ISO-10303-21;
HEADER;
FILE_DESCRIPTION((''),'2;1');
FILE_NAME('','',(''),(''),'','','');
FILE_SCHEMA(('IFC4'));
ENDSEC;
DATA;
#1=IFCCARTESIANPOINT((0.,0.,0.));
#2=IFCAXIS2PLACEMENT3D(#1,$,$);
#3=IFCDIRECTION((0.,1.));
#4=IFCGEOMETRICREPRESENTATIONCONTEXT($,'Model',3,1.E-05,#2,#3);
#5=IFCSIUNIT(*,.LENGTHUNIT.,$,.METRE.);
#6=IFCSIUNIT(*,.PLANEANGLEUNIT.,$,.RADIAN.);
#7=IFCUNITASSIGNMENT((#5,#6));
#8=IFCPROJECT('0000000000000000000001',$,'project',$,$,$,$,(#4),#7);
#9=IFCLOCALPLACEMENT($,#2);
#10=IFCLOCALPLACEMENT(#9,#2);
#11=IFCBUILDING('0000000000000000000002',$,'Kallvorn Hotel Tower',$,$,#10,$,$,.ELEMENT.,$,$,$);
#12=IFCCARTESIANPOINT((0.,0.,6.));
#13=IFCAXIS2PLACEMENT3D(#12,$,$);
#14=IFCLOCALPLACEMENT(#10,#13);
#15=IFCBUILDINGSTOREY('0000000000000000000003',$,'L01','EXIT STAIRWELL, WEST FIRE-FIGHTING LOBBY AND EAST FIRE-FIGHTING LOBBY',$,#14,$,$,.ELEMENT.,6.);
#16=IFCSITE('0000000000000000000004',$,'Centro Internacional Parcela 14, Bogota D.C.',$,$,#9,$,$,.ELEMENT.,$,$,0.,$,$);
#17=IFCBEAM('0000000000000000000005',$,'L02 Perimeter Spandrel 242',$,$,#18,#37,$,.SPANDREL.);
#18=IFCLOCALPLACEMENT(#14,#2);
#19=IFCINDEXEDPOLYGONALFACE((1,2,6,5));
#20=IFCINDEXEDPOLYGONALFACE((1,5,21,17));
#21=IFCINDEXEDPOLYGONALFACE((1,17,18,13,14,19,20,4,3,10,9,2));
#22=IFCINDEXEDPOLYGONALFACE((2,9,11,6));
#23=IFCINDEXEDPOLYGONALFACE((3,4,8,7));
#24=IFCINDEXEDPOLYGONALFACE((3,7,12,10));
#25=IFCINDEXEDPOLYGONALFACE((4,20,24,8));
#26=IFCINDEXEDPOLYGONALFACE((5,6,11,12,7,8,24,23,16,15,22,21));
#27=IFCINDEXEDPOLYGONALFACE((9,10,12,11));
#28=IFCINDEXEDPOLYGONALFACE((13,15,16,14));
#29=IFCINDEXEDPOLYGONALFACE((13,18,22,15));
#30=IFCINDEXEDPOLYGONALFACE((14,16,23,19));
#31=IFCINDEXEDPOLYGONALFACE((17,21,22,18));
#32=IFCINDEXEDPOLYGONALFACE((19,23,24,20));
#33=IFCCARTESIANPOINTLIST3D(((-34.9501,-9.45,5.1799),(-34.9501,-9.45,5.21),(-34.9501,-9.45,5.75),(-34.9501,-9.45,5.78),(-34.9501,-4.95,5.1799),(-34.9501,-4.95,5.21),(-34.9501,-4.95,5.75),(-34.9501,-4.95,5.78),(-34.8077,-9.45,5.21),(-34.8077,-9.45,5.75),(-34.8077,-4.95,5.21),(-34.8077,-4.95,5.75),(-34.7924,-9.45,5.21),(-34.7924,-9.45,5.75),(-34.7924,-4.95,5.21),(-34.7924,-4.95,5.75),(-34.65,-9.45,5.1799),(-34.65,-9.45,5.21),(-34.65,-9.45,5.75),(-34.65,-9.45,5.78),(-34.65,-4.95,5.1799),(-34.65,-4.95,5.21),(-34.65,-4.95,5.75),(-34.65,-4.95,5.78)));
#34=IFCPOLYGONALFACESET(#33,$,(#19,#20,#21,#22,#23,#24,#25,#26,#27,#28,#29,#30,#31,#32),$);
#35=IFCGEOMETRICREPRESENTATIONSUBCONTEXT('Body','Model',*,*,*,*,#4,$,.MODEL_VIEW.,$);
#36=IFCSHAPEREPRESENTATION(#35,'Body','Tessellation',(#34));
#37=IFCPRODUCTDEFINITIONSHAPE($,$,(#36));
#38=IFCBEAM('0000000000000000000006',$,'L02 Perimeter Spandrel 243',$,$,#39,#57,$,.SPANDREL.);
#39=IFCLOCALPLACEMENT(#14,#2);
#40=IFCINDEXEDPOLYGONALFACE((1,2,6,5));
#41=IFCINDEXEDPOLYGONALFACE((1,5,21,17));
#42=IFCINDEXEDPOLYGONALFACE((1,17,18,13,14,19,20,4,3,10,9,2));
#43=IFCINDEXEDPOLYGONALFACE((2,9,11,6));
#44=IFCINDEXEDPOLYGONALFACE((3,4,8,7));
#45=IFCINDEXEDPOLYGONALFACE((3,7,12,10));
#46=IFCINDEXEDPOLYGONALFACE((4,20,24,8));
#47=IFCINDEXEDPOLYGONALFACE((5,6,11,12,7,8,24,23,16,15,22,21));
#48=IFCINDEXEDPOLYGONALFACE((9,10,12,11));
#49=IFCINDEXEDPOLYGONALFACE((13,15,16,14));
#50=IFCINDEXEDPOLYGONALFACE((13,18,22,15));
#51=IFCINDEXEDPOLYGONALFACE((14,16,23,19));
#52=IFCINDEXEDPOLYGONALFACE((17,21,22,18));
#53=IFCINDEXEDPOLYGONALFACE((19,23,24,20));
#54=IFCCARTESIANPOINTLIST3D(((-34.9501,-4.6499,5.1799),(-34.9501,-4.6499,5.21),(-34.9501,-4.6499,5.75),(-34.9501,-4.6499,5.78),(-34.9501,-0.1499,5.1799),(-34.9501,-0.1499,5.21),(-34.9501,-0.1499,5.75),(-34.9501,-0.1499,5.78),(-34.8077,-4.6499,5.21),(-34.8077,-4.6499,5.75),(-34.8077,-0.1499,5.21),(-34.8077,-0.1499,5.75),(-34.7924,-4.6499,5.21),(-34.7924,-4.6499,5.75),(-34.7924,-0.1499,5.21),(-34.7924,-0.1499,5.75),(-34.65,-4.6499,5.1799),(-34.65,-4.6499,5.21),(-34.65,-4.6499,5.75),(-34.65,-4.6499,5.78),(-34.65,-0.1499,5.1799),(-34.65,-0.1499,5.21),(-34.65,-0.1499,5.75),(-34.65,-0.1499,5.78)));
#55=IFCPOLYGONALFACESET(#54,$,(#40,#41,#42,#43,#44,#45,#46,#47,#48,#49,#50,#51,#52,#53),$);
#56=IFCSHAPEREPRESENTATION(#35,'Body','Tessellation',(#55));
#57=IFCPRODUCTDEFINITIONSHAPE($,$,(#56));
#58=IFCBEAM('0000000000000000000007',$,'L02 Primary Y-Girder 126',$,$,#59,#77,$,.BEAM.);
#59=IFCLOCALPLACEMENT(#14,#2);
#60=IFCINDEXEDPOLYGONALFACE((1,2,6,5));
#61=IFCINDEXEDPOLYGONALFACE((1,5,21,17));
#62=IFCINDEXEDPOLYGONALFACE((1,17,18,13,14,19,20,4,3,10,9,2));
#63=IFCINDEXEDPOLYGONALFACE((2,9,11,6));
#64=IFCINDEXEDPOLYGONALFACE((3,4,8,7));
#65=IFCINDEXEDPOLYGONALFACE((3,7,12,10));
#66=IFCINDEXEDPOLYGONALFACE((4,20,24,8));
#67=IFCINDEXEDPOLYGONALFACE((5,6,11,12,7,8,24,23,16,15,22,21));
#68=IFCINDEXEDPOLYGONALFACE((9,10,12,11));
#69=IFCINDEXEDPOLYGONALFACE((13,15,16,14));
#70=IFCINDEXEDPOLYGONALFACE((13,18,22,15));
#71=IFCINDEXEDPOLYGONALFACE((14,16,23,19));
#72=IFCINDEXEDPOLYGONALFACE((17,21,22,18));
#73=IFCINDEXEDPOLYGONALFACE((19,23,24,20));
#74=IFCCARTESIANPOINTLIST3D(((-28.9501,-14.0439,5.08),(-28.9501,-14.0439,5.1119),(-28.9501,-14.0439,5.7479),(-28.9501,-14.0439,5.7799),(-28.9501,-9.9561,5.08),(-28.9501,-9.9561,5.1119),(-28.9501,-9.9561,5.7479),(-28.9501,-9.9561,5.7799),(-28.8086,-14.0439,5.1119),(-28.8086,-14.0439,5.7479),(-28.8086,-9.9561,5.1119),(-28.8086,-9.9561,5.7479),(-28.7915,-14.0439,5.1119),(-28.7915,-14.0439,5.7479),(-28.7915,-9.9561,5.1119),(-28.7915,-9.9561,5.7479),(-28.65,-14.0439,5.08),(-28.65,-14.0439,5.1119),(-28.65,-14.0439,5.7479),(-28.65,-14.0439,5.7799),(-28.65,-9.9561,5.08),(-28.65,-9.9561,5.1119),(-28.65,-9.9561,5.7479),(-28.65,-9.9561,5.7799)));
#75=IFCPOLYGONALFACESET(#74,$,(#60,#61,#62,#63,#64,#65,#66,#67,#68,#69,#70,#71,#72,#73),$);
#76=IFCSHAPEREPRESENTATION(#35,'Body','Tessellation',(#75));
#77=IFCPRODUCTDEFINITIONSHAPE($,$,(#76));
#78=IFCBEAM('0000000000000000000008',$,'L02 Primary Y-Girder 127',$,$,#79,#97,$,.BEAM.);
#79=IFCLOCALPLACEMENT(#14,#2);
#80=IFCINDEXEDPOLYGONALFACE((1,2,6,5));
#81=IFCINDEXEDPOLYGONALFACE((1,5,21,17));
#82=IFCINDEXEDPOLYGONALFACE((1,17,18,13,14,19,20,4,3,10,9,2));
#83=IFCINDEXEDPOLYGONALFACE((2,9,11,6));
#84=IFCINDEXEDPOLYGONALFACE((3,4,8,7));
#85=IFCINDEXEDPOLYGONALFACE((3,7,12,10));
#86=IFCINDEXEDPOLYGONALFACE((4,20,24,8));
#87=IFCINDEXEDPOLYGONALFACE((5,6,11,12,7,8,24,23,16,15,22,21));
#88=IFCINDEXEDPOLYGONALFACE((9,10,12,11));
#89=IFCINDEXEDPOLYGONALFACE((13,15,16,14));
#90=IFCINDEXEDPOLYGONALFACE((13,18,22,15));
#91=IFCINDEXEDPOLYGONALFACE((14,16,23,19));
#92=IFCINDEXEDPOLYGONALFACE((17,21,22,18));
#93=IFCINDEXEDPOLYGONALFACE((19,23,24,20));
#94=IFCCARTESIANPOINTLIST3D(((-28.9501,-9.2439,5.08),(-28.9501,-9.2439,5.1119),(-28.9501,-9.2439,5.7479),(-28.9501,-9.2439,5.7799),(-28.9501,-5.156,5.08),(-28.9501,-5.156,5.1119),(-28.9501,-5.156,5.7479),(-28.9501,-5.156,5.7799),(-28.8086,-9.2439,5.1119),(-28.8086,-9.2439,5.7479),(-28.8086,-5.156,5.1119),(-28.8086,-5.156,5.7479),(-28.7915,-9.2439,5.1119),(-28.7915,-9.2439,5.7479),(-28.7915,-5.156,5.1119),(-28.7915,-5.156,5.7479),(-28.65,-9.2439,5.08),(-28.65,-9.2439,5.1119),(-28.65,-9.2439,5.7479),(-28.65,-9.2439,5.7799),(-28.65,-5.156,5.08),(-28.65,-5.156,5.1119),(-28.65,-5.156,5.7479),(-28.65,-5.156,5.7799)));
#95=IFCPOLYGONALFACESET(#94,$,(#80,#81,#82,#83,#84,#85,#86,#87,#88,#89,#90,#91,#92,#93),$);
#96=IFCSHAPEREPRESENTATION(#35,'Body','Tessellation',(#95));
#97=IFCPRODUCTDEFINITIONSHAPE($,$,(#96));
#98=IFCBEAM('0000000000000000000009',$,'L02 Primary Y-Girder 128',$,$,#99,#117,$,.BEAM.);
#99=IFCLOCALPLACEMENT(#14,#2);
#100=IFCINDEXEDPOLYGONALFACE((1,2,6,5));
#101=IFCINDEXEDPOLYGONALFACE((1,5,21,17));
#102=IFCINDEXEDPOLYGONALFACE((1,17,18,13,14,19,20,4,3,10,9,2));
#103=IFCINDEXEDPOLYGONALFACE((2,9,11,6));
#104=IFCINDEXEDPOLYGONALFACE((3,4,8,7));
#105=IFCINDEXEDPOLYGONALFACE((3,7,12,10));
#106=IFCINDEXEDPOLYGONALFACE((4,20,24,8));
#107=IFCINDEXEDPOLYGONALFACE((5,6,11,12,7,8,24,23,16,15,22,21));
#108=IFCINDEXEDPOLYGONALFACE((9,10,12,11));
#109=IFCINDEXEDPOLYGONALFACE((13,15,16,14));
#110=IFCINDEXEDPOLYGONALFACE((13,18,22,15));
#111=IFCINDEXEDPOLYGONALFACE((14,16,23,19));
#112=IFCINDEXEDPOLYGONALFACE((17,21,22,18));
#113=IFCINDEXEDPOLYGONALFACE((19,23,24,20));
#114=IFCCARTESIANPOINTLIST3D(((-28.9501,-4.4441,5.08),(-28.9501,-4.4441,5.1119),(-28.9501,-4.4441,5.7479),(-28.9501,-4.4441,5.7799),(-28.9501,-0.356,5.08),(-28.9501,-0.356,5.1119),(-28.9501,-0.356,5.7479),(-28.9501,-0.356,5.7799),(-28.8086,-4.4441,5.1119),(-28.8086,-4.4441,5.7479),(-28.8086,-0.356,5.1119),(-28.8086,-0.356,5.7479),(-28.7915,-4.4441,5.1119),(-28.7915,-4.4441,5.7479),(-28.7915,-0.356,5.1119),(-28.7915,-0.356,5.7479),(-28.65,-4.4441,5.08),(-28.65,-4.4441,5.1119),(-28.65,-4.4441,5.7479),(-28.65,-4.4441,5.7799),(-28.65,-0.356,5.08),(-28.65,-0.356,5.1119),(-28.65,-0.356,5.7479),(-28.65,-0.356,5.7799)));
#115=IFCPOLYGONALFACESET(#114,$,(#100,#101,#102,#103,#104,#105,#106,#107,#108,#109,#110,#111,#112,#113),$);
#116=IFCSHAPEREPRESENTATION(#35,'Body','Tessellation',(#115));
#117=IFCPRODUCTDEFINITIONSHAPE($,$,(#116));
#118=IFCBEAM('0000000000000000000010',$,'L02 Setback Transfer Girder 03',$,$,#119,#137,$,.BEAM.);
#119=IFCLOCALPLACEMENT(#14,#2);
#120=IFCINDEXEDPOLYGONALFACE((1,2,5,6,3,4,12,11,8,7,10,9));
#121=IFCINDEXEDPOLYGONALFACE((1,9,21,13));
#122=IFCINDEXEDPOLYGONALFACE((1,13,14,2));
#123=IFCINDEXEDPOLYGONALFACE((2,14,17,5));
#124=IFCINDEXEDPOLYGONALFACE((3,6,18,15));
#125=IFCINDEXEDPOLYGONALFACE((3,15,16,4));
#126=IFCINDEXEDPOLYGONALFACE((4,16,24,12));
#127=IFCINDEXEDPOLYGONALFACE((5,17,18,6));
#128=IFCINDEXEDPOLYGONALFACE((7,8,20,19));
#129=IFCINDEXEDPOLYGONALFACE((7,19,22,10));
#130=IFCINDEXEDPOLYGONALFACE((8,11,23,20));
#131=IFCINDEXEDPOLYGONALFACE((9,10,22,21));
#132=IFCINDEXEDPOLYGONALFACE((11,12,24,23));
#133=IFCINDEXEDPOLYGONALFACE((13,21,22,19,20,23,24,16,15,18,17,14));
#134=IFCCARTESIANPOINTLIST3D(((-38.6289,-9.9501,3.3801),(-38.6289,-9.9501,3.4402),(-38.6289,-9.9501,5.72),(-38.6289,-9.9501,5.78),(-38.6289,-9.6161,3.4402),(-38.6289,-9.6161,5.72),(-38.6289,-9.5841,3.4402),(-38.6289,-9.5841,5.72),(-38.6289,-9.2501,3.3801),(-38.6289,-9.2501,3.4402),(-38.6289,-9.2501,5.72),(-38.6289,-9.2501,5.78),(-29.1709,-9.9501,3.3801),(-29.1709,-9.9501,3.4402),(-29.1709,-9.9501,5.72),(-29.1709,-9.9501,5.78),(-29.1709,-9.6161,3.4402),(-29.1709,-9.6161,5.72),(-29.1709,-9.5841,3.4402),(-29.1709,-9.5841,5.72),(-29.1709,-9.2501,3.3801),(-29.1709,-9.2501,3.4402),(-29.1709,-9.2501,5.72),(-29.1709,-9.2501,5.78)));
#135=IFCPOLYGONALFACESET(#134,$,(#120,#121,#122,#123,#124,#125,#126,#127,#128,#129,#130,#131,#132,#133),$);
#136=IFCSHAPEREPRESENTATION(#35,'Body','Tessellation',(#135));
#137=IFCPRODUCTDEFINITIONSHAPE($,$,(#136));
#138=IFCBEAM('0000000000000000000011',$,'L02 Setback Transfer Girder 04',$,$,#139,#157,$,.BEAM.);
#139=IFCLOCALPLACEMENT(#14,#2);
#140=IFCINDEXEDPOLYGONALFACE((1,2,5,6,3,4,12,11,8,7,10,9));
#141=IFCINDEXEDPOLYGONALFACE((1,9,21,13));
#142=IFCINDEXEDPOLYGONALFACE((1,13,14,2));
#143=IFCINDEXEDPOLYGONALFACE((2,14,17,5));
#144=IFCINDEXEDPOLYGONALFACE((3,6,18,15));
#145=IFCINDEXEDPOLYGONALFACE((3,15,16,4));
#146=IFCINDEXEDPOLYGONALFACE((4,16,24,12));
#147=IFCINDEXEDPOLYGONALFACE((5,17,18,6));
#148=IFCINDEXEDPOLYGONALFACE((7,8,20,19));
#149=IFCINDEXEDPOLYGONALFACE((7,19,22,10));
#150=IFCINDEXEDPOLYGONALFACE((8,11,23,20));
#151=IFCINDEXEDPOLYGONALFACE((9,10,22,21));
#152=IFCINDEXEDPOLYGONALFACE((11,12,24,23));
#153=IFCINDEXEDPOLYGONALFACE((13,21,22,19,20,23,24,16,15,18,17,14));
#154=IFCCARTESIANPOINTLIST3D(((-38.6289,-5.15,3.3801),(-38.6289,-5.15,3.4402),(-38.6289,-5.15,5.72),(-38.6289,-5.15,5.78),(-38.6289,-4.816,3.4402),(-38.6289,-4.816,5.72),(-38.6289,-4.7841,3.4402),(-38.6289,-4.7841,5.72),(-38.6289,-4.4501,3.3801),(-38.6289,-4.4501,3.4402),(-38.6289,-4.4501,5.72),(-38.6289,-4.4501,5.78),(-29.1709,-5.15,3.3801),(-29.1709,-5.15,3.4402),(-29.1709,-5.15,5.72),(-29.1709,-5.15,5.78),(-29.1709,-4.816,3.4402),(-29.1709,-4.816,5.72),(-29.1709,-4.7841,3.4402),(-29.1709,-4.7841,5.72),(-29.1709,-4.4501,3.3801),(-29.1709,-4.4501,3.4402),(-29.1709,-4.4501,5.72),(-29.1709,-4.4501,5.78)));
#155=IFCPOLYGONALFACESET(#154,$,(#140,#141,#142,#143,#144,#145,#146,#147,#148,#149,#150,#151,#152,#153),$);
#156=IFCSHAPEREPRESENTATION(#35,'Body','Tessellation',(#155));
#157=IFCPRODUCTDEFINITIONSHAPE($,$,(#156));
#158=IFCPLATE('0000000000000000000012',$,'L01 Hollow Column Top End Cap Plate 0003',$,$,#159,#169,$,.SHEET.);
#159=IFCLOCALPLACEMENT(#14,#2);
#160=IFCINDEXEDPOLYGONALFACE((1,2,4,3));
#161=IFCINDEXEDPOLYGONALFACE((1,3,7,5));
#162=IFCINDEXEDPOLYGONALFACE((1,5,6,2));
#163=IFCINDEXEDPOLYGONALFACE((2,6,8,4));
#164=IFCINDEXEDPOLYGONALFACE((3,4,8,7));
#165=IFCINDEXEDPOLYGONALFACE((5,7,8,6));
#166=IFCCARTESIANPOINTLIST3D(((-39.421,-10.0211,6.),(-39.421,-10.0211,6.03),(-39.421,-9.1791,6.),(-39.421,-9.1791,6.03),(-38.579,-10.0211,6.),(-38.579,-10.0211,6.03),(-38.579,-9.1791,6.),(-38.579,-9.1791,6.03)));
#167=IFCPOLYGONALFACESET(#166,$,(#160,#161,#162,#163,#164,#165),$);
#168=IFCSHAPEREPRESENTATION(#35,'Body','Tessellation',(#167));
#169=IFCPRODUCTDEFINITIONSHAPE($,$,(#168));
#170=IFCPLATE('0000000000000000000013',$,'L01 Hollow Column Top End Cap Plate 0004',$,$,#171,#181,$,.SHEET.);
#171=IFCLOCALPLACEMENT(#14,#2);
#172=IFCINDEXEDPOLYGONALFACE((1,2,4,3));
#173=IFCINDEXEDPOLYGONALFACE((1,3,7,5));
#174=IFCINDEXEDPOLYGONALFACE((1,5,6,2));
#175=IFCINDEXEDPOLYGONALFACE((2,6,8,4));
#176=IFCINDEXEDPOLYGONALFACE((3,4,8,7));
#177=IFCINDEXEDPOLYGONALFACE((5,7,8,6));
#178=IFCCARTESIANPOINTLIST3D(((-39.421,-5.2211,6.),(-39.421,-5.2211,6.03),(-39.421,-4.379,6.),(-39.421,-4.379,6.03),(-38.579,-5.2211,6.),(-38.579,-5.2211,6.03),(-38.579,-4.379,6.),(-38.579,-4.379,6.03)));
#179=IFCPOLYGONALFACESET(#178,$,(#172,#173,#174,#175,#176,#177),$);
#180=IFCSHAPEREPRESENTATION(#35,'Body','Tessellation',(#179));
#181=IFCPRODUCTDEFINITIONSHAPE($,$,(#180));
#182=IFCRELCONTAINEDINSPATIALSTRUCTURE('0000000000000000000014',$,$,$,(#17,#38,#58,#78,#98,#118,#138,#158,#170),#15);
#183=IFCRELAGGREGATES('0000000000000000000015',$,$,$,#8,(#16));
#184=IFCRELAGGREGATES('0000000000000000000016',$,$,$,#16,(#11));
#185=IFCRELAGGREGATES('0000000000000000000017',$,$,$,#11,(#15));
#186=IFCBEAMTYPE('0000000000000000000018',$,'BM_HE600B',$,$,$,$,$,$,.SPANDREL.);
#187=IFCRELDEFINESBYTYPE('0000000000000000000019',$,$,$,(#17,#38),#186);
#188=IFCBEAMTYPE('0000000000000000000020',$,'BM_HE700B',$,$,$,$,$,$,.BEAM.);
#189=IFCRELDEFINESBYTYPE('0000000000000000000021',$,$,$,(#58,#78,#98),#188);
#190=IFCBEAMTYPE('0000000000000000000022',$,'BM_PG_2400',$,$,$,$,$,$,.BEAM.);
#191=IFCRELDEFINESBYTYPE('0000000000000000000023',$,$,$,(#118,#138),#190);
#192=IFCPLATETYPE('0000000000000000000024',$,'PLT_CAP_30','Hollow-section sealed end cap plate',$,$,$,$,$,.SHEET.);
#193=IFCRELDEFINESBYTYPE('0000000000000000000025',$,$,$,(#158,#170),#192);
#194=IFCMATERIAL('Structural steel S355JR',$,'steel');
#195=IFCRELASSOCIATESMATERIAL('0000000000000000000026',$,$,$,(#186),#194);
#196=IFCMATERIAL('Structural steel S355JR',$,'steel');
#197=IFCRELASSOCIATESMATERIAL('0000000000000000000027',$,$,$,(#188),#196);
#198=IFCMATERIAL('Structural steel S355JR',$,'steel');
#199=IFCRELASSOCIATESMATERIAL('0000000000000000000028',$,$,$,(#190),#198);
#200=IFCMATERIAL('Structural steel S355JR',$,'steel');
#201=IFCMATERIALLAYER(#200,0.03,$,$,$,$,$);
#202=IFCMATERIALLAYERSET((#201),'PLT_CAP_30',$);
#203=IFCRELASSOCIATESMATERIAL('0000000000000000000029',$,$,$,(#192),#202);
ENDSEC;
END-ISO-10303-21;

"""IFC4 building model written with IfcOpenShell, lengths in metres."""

from ifc_helpers import new_model, si_unit, direction, frame, origin, origin_2d, place, context, subcontext, project, spatial, rectangle, i_section, extrude, material, layer, layer_set, material_profile, profile_set, type_object, element, save


model = new_model("IFC4")

# Units and contexts
model_context = context("Model", 3, precision=1e-05, world=origin(), true_north=direction((0.0, 1.0)))
body_context = subcontext(model_context, "Body", "Model", "MODEL_VIEW")
ifc_project = project(units=[si_unit("LENGTHUNIT", "METRE"), si_unit("PLANEANGLEUNIT", "RADIAN")], contexts=[model_context])

# Site, building, storey
site_placement = place(None, origin())
site = spatial("IfcSite", under=ifc_project, at=site_placement, Name="Centro Internacional Parcela 14, Bogota D.C.", CompositionType="ELEMENT", RefElevation=0.0)
building_placement = place(site_placement, origin())
building = spatial("IfcBuilding", under=site, at=building_placement, Name="Kallvorn Hotel Tower", CompositionType="ELEMENT")
storey_placement = place(building_placement, frame((0.0, 0.0, 6.0)))
storey = spatial("IfcBuildingStorey", under=building, at=storey_placement, Name="L01", Description="EXIT STAIRWELL, WEST FIRE-FIGHTING LOBBY AND EAST FIRE-FIGHTING LOBBY", CompositionType="ELEMENT", Elevation=6.0)

# Beams
ifc_material_1 = material(Name="Structural steel S355JR", Category="steel")
ifc_material_profile_1 = material_profile(ifc_material_1, i_section(OverallWidth=0.3, OverallDepth=0.6001, WebThickness=0.0154, FlangeThickness=0.03, at=origin_2d()), Name="HE 600 B")
ifc_profile_set_1 = profile_set([ifc_material_profile_1], Name="Structural steel S355JR")
beam_type_1 = type_object("IfcBeamType", Name="BM_HE600B", PredefinedType="SPANDREL", material=ifc_profile_set_1)
for number, where, z_axis, x_axis, name in (
    (1, (-34.8, -9.45, 5.48), (0.0, 1.0, 0.0), (-1.0, 0.0, 0.0), "L02 Perimeter Spandrel 242"),
    (2, (-34.8, -4.6499, 5.48), (0.0, 1.0, 0.0), (-1.0, 0.0, 0.0), "L02 Perimeter Spandrel 243"),
):
    element("IfcBeam", number, at=place(storey_placement, frame(where, z_axis=z_axis, x_axis=x_axis)), inside=storey, type_object=beam_type_1, Name=name, PredefinedType="SPANDREL", context=body_context, shape_type="SweptSolid", body=[
        extrude(i_section(OverallWidth=0.3, OverallDepth=0.6001, WebThickness=0.0154, FlangeThickness=0.03, at=origin_2d()), origin(), (0.0, 0.0, 1.0), 4.5),
    ])
ifc_material_2 = material(Name="Structural steel S355JR", Category="steel")
ifc_material_profile_2 = material_profile(ifc_material_2, i_section(OverallWidth=0.3, OverallDepth=0.7, WebThickness=0.0171, FlangeThickness=0.032, at=origin_2d()), Name="HE 700 B")
ifc_profile_set_2 = profile_set([ifc_material_profile_2], Name="Structural steel S355JR")
beam_type_2 = type_object("IfcBeamType", Name="BM_HE700B", PredefinedType="BEAM", material=ifc_profile_set_2)
for number, where, z_axis, x_axis, name in (
    (3, (-28.8, -14.0439, 5.4299), (0.0, 1.0, 0.0), (-1.0, 0.0, 0.0), "L02 Primary Y-Girder 126"),
    (4, (-28.8, -9.2439, 5.4299), (0.0, 1.0, 0.0), (-1.0, 0.0, 0.0), "L02 Primary Y-Girder 127"),
):
    element("IfcBeam", number, at=place(storey_placement, frame(where, z_axis=z_axis, x_axis=x_axis)), inside=storey, type_object=beam_type_2, Name=name, PredefinedType="BEAM", context=body_context, shape_type="SweptSolid", body=[
        extrude(i_section(OverallWidth=0.3, OverallDepth=0.7, WebThickness=0.0171, FlangeThickness=0.032, at=origin_2d()), origin(), (0.0, 0.0, 1.0), 4.0879),
    ])
beam_1_placement = place(storey_placement, frame((-28.8, -4.4441, 5.4299), z_axis=(0.0, 1.0, 0.0), x_axis=(-1.0, 0.0, 0.0)))
element("IfcBeam", 5, at=beam_1_placement, inside=storey, type_object=beam_type_2, Name="L02 Primary Y-Girder 128", PredefinedType="BEAM", context=body_context, shape_type="SweptSolid", body=[
    extrude(i_section(OverallWidth=0.3, OverallDepth=0.7, WebThickness=0.0171, FlangeThickness=0.032, at=origin_2d()), origin(), (0.0, 0.0, 1.0), 4.0881),
])
ifc_material_3 = material(Name="Structural steel S355JR", Category="steel")
ifc_material_profile_3 = material_profile(ifc_material_3, i_section(OverallWidth=0.7, OverallDepth=2.3999, WebThickness=0.032, FlangeThickness=0.0601, at=origin_2d()), Name="PG 2400x700x32x60")
ifc_profile_set_3 = profile_set([ifc_material_profile_3], Name="Structural steel S355JR")
beam_type_3 = type_object("IfcBeamType", Name="BM_PG_2400", PredefinedType="BEAM", material=ifc_profile_set_3)
for number, where, z_axis, x_axis, name in (
    (6, (-38.6289, -9.6001, 4.5801), (1.0, 0.0, 0.0), (0.0, 1.0, 0.0), "L02 Setback Transfer Girder 03"),
    (7, (-38.6289, -4.8, 4.5801), (1.0, 0.0, 0.0), (0.0, 1.0, 0.0), "L02 Setback Transfer Girder 04"),
):
    element("IfcBeam", number, at=place(storey_placement, frame(where, z_axis=z_axis, x_axis=x_axis)), inside=storey, type_object=beam_type_3, Name=name, PredefinedType="BEAM", context=body_context, shape_type="SweptSolid", body=[
        extrude(i_section(OverallWidth=0.7, OverallDepth=2.3999, WebThickness=0.032, FlangeThickness=0.0601, at=origin_2d()), origin(), (0.0, 0.0, 1.0), 9.458),
    ])

# Plates
ifc_material_4 = material(Name="Structural steel S355JR", Category="steel")
ifc_layer_1 = layer(ifc_material_4, 0.03)
ifc_layer_set_1 = layer_set([ifc_layer_1], Name="PLT_CAP_30")
plate_type = type_object("IfcPlateType", Name="PLT_CAP_30", Description="Hollow-section sealed end cap plate", PredefinedType="SHEET", material=ifc_layer_set_1)
for number, where, z_axis, x_axis, name in (
    (8, (-39.0, -9.6001, 6.0), (0.0, 0.0, 1.0), (1.0, 0.0, 0.0), "L01 Hollow Column Top End Cap Plate 0003"),
    (9, (-39.0, -4.8, 6.0), (0.0, 0.0, 1.0), (1.0, 0.0, 0.0), "L01 Hollow Column Top End Cap Plate 0004"),
):
    element("IfcPlate", number, at=place(storey_placement, frame(where, z_axis=z_axis, x_axis=x_axis)), inside=storey, type_object=plate_type, Name=name, PredefinedType="SHEET", context=body_context, shape_type="SweptSolid", body=[
        extrude(rectangle(XDim=0.842, YDim=0.842, at=origin_2d()), origin(), (0.0, 0.0, 1.0), 0.03),
    ])

save(model, "model.ifc")
